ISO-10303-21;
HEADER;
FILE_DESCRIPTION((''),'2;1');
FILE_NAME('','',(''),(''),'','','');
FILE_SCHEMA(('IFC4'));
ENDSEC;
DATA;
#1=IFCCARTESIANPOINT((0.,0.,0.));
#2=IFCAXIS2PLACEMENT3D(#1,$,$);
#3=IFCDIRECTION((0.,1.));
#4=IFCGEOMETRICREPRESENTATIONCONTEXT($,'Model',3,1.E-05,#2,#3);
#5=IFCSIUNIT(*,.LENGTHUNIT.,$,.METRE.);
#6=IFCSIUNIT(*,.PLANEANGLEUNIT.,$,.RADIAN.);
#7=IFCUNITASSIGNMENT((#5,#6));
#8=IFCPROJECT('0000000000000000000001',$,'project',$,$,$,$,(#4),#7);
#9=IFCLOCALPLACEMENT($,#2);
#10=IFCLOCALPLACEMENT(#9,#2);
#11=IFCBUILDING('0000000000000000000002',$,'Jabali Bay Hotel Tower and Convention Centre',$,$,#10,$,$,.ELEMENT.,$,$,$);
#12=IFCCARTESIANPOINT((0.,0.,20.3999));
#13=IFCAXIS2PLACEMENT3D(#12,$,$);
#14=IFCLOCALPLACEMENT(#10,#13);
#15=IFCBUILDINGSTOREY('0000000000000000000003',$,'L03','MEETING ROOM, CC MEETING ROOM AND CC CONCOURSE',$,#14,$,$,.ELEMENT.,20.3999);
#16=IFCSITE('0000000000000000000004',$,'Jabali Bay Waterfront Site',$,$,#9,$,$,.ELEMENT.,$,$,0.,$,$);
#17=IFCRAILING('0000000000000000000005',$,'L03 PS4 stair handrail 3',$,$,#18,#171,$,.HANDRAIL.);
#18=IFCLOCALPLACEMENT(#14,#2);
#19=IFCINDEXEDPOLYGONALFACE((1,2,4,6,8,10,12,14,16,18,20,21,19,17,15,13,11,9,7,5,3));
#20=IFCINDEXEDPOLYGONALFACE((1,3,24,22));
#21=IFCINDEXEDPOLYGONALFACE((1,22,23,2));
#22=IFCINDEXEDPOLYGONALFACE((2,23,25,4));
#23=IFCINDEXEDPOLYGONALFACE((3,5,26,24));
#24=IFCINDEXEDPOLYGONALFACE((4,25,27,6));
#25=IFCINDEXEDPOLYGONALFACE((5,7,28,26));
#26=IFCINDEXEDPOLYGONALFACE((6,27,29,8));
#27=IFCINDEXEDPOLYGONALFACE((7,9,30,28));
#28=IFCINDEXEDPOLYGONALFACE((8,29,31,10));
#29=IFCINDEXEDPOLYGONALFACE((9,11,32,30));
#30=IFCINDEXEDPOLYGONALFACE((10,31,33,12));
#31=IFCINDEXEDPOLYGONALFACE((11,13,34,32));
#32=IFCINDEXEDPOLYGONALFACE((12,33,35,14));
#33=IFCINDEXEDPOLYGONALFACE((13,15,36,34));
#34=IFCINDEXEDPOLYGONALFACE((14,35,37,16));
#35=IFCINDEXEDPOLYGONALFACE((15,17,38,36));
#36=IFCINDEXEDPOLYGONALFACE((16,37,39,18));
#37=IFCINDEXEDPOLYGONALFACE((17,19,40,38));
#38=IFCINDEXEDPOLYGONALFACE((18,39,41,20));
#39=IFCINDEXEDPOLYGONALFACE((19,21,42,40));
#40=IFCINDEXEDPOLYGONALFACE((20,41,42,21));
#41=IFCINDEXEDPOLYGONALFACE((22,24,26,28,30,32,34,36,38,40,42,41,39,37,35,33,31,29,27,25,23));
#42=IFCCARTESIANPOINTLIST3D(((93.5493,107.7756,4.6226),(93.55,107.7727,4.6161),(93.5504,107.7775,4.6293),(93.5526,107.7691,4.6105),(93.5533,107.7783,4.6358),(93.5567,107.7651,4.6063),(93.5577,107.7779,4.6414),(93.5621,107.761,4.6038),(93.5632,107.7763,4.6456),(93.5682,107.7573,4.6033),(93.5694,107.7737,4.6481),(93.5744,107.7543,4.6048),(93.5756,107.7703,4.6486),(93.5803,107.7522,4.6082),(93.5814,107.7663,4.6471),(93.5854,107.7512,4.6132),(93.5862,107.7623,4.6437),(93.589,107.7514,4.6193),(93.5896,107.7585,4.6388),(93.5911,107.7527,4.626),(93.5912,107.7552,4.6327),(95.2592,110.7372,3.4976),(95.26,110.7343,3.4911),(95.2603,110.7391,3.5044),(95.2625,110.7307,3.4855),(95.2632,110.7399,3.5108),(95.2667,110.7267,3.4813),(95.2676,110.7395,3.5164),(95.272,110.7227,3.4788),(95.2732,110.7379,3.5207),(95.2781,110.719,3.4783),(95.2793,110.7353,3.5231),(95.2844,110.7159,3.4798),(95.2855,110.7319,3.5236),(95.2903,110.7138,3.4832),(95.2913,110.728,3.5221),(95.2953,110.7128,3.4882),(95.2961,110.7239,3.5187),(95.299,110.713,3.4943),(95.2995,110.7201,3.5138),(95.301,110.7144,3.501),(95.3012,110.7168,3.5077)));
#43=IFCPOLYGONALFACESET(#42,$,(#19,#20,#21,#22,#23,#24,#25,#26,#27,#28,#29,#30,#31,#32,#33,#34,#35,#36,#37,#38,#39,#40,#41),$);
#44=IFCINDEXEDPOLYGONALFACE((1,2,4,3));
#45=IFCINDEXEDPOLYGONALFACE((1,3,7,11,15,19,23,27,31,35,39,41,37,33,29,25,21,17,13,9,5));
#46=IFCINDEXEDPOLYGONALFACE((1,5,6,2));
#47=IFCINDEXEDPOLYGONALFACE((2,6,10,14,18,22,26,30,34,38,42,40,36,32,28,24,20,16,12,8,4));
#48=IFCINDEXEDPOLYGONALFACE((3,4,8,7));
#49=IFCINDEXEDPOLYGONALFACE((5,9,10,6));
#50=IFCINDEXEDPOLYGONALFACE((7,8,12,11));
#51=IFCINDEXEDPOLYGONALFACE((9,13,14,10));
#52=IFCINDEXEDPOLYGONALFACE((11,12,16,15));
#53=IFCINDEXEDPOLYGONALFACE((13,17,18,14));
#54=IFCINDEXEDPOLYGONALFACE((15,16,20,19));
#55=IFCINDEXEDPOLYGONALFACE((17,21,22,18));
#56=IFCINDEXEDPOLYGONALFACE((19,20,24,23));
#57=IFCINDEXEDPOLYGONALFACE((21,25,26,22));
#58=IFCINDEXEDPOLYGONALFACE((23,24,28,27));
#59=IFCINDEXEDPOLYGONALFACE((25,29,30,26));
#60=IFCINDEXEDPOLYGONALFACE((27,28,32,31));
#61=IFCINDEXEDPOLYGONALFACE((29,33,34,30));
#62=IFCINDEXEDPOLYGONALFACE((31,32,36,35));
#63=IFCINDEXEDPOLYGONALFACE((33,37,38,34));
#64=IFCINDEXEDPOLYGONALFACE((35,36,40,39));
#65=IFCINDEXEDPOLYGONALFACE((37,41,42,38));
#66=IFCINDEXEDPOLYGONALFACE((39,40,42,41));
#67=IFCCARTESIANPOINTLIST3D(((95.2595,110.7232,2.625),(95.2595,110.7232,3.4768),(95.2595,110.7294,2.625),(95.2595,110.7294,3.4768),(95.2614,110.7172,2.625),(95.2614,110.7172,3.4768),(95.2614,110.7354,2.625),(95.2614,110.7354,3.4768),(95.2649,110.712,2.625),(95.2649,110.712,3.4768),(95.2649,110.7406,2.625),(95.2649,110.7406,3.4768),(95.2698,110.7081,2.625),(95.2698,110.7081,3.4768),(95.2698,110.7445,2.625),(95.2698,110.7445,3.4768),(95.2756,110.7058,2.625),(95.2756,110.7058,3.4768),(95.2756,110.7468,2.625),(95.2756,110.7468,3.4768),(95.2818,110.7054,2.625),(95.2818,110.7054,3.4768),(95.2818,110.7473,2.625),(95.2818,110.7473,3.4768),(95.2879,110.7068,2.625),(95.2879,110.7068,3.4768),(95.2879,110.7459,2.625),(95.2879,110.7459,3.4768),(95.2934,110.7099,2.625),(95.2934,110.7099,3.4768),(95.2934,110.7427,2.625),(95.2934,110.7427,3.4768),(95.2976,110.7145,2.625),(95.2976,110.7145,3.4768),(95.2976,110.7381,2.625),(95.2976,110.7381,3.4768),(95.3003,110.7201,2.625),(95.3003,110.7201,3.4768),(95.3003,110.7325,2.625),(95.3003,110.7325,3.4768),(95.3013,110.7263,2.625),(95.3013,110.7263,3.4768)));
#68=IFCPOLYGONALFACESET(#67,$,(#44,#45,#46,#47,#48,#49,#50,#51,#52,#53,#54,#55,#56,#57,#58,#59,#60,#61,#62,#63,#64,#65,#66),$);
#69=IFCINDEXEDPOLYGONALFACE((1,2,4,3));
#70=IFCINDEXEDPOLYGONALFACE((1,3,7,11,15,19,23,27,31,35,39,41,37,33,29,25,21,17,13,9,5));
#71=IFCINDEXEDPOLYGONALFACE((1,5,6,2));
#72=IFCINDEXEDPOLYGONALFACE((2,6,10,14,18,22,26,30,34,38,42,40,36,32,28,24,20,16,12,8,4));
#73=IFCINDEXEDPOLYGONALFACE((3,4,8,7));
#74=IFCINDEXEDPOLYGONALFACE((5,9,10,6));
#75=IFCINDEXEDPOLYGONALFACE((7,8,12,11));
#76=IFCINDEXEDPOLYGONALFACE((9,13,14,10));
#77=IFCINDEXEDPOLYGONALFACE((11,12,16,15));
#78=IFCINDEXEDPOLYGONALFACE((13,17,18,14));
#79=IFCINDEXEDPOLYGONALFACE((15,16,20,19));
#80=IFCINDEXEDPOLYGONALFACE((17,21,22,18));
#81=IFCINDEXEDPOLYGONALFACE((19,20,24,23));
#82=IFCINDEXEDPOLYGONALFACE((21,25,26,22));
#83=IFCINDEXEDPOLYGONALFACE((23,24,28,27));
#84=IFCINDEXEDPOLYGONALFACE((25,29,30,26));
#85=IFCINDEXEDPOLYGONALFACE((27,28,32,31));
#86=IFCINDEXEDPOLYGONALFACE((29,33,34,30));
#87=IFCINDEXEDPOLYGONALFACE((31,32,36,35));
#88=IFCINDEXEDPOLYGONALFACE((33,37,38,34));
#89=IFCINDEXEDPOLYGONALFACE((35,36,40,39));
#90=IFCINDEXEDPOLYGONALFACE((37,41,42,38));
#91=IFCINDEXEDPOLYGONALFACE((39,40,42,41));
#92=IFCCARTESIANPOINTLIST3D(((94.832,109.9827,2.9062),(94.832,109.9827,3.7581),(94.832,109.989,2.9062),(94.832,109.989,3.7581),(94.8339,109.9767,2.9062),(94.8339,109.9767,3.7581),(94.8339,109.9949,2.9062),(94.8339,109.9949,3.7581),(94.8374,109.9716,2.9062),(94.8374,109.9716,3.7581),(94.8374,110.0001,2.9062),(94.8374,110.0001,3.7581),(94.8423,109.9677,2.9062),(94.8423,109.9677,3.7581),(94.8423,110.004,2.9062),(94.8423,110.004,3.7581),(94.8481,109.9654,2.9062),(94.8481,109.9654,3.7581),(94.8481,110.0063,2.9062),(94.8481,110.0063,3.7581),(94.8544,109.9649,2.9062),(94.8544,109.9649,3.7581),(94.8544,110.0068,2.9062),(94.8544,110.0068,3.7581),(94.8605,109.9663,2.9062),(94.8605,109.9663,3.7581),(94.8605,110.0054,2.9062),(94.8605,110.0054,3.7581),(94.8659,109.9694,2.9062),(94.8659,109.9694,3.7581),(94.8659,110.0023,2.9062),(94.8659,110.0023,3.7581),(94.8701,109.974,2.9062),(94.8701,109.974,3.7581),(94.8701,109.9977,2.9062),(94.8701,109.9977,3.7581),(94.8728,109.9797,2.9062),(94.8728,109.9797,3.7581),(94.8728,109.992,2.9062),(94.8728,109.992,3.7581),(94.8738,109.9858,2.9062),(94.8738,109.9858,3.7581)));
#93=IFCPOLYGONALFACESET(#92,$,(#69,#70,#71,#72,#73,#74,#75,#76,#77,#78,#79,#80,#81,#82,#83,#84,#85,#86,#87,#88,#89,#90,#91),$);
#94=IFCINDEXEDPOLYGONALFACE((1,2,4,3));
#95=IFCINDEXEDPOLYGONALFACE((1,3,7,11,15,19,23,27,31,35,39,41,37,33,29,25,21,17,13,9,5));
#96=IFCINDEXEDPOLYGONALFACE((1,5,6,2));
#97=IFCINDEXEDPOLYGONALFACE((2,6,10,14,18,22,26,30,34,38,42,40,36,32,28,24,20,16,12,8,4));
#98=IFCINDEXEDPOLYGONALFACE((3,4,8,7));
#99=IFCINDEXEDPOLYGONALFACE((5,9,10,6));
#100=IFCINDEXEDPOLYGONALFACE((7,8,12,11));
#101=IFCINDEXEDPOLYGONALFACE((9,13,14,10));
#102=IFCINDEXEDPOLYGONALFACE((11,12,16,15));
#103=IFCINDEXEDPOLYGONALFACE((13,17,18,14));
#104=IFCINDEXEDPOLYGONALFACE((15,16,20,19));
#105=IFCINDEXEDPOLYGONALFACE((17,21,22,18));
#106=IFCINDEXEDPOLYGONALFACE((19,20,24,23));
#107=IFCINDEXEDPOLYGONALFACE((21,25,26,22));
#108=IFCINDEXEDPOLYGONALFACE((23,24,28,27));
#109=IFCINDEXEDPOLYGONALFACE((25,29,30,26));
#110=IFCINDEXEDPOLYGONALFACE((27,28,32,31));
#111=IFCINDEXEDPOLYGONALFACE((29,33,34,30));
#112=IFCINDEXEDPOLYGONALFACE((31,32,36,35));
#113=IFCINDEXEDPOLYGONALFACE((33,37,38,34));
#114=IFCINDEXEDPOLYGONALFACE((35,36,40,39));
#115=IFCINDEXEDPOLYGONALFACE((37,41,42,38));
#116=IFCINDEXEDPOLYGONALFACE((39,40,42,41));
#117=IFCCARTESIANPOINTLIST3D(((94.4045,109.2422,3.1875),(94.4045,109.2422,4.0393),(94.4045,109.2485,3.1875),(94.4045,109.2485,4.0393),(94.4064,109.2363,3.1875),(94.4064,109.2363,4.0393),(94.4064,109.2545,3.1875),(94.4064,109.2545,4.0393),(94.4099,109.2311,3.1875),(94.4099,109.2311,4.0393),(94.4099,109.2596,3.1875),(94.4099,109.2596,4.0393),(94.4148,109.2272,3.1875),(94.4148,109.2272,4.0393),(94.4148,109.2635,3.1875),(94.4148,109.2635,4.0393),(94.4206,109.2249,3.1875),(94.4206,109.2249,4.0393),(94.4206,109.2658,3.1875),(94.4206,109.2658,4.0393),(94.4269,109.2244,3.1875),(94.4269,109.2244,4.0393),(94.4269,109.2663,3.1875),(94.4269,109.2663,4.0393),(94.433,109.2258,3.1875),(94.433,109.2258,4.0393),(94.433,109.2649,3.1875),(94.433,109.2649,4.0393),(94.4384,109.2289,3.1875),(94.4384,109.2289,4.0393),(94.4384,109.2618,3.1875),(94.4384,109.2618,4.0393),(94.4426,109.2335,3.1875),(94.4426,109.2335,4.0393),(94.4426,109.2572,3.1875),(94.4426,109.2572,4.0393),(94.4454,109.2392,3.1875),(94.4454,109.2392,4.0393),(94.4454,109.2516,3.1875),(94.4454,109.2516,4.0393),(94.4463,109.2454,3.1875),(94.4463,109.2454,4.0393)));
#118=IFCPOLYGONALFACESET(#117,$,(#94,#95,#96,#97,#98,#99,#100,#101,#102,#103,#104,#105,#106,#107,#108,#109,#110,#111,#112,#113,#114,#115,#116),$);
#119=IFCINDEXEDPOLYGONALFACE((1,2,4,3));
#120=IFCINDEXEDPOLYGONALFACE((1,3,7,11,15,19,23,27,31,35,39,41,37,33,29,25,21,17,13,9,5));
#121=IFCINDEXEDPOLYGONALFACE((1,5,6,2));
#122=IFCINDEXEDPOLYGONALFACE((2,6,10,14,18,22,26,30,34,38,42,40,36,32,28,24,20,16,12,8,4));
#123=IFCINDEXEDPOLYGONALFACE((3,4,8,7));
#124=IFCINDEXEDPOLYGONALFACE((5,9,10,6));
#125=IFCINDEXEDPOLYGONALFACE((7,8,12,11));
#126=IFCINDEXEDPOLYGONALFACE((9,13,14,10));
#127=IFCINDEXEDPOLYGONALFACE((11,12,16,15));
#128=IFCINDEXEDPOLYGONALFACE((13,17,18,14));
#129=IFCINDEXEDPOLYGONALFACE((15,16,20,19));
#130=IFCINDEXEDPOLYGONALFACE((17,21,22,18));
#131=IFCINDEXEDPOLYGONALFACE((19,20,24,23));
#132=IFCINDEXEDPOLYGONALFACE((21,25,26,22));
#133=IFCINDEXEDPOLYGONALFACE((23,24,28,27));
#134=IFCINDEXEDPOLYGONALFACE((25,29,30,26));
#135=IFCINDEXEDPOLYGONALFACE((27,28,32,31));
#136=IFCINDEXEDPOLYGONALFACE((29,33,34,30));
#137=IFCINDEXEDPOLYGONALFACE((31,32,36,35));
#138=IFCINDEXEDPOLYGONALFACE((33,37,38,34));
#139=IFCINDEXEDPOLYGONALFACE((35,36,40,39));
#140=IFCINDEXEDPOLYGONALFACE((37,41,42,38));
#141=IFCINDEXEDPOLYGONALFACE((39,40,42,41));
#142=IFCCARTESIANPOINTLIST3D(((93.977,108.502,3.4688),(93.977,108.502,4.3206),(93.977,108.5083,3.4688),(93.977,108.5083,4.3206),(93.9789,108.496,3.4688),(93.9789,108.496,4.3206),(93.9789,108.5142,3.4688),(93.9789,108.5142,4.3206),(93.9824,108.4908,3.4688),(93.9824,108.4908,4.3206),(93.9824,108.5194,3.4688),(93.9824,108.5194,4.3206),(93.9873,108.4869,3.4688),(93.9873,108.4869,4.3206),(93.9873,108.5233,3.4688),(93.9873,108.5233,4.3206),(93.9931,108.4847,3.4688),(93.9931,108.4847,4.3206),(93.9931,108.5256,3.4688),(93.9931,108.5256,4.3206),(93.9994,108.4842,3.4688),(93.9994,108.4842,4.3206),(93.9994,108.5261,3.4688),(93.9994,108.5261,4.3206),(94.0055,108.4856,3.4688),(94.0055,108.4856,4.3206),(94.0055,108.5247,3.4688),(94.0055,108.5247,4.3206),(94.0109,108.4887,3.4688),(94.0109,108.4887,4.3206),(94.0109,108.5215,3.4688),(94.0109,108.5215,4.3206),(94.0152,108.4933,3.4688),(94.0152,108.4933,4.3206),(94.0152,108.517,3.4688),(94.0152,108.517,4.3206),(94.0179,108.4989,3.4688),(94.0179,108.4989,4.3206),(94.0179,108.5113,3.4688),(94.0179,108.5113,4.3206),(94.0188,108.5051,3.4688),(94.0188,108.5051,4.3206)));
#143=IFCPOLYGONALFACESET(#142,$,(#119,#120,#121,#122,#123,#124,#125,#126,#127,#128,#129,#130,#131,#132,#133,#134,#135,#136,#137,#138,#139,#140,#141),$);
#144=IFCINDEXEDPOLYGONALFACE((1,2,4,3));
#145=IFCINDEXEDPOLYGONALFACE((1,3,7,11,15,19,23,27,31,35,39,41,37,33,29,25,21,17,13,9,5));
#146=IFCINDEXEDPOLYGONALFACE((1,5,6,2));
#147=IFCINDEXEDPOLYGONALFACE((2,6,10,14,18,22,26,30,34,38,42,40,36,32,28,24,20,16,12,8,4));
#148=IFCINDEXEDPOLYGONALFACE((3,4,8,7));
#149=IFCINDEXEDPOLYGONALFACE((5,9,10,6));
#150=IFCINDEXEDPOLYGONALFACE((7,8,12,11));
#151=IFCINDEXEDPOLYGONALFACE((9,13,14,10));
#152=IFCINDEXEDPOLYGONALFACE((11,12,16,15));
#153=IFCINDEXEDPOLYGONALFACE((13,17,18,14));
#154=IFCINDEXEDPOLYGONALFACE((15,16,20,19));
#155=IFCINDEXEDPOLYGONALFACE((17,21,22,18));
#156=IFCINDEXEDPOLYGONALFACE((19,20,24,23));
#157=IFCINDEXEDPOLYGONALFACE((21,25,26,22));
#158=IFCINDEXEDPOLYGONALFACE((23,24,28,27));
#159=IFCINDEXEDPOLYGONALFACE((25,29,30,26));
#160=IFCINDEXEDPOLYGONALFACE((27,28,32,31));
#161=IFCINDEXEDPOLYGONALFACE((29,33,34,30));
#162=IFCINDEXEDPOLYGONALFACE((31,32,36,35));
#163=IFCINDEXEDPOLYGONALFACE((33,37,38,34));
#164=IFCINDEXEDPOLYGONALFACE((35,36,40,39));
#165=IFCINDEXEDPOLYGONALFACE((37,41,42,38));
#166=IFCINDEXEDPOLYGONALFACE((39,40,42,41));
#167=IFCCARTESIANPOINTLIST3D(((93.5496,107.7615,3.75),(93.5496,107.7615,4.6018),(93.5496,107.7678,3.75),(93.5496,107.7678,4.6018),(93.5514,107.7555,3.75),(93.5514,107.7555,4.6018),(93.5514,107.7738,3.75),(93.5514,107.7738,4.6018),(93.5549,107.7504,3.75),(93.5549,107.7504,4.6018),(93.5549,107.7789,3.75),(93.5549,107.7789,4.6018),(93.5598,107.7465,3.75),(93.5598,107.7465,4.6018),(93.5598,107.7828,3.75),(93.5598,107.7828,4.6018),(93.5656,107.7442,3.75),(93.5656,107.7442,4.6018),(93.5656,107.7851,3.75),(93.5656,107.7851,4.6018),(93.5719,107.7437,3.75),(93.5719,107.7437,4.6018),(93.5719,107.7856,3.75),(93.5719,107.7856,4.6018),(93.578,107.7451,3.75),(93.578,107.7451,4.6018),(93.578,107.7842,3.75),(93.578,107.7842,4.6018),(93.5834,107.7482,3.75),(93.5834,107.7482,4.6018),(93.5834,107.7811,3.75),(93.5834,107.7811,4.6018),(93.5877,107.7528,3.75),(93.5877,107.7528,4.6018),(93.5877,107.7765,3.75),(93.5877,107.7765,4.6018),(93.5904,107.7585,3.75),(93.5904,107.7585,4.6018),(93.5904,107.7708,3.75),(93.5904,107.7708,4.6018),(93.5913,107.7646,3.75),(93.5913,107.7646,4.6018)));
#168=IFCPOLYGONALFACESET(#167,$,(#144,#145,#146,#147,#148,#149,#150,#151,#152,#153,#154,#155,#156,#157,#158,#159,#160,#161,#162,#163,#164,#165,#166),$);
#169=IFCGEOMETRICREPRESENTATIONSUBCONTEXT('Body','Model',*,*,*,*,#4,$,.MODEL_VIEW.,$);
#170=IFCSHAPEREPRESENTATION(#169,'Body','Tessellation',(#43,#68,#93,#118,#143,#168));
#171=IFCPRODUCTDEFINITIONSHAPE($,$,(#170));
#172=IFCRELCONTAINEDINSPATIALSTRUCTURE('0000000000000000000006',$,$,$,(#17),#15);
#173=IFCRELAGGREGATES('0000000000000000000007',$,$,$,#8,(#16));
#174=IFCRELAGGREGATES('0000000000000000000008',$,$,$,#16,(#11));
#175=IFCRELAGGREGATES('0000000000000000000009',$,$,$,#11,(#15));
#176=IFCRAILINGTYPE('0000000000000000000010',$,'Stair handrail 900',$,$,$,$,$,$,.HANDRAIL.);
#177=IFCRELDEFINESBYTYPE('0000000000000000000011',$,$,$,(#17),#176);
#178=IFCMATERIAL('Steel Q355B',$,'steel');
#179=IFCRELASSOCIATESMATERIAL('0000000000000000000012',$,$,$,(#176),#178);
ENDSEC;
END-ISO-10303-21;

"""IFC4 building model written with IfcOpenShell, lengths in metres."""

from ifc_helpers import new_model, si_unit, direction, frame, origin, origin_2d, place, context, subcontext, project, spatial, circle, extrude, material, type_object, element, save


model = new_model("IFC4")

# Units and contexts
model_context = context("Model", 3, precision=1e-05, world=origin(), true_north=direction((0.0, 1.0)))
body_context = subcontext(model_context, "Body", "Model", "MODEL_VIEW")
ifc_project = project(units=[si_unit("LENGTHUNIT", "METRE"), si_unit("PLANEANGLEUNIT", "RADIAN")], contexts=[model_context])

# Site, building, storey
site_placement = place(None, origin())
site = spatial("IfcSite", under=ifc_project, at=site_placement, Name="Jabali Bay Waterfront Site", CompositionType="ELEMENT", RefElevation=0.0)
building_placement = place(site_placement, origin())
building = spatial("IfcBuilding", under=site, at=building_placement, Name="Jabali Bay Hotel Tower and Convention Centre", CompositionType="ELEMENT")
storey_placement = place(building_placement, frame((0.0, 0.0, 20.3999)))
storey = spatial("IfcBuildingStorey", under=building, at=storey_placement, Name="L03", Description="MEETING ROOM, CC MEETING ROOM AND CC CONCOURSE", CompositionType="ELEMENT", Elevation=20.3999)

# Railing
ifc_material_1 = material(Name="Steel Q355B", Category="steel")
railing_type_1 = type_object("IfcRailingType", Name="Stair handrail 900", PredefinedType="HANDRAIL", material=ifc_material_1)
for number, where, name in (
    (1, (95.2803, 110.7263, 2.625), "L03 PS4 stair handrail 3"),
):
    element("IfcRailing", number, at=place(storey_placement, frame(where)), inside=storey, type_object=railing_type_1, Name=name, PredefinedType="HANDRAIL", context=body_context, shape_type="SweptSolid", body=[
        extrude(circle(Radius=0.0239, at=origin_2d()), frame((0.0, 0.0, 0.876), z_axis=(-0.474969, -0.822652, 0.312487), x_axis=(0.86602, -0.500009, 0.0)), (0.0, 0.0, 1.0), 3.6001),
        extrude(circle(Radius=0.021, at=origin_2d()), origin(), (0.0, 0.0, 1.0), 0.8518),
        extrude(circle(Radius=0.021, at=origin_2d()), frame((-0.4275, -0.7405, 0.2812)), (0.0, 0.0, 1.0), 0.8518),
        extrude(circle(Radius=0.021, at=origin_2d()), frame((-0.855, -1.481, 0.5625)), (0.0, 0.0, 1.0), 0.8518),
        extrude(circle(Radius=0.021, at=origin_2d()), frame((-1.2825, -2.2212, 0.8438)), (0.0, 0.0, 1.0), 0.8518),
        extrude(circle(Radius=0.021, at=origin_2d()), frame((-1.71, -2.9617, 1.125)), (0.0, 0.0, 1.0), 0.8518),
    ])

save(model, "model.ifc")
